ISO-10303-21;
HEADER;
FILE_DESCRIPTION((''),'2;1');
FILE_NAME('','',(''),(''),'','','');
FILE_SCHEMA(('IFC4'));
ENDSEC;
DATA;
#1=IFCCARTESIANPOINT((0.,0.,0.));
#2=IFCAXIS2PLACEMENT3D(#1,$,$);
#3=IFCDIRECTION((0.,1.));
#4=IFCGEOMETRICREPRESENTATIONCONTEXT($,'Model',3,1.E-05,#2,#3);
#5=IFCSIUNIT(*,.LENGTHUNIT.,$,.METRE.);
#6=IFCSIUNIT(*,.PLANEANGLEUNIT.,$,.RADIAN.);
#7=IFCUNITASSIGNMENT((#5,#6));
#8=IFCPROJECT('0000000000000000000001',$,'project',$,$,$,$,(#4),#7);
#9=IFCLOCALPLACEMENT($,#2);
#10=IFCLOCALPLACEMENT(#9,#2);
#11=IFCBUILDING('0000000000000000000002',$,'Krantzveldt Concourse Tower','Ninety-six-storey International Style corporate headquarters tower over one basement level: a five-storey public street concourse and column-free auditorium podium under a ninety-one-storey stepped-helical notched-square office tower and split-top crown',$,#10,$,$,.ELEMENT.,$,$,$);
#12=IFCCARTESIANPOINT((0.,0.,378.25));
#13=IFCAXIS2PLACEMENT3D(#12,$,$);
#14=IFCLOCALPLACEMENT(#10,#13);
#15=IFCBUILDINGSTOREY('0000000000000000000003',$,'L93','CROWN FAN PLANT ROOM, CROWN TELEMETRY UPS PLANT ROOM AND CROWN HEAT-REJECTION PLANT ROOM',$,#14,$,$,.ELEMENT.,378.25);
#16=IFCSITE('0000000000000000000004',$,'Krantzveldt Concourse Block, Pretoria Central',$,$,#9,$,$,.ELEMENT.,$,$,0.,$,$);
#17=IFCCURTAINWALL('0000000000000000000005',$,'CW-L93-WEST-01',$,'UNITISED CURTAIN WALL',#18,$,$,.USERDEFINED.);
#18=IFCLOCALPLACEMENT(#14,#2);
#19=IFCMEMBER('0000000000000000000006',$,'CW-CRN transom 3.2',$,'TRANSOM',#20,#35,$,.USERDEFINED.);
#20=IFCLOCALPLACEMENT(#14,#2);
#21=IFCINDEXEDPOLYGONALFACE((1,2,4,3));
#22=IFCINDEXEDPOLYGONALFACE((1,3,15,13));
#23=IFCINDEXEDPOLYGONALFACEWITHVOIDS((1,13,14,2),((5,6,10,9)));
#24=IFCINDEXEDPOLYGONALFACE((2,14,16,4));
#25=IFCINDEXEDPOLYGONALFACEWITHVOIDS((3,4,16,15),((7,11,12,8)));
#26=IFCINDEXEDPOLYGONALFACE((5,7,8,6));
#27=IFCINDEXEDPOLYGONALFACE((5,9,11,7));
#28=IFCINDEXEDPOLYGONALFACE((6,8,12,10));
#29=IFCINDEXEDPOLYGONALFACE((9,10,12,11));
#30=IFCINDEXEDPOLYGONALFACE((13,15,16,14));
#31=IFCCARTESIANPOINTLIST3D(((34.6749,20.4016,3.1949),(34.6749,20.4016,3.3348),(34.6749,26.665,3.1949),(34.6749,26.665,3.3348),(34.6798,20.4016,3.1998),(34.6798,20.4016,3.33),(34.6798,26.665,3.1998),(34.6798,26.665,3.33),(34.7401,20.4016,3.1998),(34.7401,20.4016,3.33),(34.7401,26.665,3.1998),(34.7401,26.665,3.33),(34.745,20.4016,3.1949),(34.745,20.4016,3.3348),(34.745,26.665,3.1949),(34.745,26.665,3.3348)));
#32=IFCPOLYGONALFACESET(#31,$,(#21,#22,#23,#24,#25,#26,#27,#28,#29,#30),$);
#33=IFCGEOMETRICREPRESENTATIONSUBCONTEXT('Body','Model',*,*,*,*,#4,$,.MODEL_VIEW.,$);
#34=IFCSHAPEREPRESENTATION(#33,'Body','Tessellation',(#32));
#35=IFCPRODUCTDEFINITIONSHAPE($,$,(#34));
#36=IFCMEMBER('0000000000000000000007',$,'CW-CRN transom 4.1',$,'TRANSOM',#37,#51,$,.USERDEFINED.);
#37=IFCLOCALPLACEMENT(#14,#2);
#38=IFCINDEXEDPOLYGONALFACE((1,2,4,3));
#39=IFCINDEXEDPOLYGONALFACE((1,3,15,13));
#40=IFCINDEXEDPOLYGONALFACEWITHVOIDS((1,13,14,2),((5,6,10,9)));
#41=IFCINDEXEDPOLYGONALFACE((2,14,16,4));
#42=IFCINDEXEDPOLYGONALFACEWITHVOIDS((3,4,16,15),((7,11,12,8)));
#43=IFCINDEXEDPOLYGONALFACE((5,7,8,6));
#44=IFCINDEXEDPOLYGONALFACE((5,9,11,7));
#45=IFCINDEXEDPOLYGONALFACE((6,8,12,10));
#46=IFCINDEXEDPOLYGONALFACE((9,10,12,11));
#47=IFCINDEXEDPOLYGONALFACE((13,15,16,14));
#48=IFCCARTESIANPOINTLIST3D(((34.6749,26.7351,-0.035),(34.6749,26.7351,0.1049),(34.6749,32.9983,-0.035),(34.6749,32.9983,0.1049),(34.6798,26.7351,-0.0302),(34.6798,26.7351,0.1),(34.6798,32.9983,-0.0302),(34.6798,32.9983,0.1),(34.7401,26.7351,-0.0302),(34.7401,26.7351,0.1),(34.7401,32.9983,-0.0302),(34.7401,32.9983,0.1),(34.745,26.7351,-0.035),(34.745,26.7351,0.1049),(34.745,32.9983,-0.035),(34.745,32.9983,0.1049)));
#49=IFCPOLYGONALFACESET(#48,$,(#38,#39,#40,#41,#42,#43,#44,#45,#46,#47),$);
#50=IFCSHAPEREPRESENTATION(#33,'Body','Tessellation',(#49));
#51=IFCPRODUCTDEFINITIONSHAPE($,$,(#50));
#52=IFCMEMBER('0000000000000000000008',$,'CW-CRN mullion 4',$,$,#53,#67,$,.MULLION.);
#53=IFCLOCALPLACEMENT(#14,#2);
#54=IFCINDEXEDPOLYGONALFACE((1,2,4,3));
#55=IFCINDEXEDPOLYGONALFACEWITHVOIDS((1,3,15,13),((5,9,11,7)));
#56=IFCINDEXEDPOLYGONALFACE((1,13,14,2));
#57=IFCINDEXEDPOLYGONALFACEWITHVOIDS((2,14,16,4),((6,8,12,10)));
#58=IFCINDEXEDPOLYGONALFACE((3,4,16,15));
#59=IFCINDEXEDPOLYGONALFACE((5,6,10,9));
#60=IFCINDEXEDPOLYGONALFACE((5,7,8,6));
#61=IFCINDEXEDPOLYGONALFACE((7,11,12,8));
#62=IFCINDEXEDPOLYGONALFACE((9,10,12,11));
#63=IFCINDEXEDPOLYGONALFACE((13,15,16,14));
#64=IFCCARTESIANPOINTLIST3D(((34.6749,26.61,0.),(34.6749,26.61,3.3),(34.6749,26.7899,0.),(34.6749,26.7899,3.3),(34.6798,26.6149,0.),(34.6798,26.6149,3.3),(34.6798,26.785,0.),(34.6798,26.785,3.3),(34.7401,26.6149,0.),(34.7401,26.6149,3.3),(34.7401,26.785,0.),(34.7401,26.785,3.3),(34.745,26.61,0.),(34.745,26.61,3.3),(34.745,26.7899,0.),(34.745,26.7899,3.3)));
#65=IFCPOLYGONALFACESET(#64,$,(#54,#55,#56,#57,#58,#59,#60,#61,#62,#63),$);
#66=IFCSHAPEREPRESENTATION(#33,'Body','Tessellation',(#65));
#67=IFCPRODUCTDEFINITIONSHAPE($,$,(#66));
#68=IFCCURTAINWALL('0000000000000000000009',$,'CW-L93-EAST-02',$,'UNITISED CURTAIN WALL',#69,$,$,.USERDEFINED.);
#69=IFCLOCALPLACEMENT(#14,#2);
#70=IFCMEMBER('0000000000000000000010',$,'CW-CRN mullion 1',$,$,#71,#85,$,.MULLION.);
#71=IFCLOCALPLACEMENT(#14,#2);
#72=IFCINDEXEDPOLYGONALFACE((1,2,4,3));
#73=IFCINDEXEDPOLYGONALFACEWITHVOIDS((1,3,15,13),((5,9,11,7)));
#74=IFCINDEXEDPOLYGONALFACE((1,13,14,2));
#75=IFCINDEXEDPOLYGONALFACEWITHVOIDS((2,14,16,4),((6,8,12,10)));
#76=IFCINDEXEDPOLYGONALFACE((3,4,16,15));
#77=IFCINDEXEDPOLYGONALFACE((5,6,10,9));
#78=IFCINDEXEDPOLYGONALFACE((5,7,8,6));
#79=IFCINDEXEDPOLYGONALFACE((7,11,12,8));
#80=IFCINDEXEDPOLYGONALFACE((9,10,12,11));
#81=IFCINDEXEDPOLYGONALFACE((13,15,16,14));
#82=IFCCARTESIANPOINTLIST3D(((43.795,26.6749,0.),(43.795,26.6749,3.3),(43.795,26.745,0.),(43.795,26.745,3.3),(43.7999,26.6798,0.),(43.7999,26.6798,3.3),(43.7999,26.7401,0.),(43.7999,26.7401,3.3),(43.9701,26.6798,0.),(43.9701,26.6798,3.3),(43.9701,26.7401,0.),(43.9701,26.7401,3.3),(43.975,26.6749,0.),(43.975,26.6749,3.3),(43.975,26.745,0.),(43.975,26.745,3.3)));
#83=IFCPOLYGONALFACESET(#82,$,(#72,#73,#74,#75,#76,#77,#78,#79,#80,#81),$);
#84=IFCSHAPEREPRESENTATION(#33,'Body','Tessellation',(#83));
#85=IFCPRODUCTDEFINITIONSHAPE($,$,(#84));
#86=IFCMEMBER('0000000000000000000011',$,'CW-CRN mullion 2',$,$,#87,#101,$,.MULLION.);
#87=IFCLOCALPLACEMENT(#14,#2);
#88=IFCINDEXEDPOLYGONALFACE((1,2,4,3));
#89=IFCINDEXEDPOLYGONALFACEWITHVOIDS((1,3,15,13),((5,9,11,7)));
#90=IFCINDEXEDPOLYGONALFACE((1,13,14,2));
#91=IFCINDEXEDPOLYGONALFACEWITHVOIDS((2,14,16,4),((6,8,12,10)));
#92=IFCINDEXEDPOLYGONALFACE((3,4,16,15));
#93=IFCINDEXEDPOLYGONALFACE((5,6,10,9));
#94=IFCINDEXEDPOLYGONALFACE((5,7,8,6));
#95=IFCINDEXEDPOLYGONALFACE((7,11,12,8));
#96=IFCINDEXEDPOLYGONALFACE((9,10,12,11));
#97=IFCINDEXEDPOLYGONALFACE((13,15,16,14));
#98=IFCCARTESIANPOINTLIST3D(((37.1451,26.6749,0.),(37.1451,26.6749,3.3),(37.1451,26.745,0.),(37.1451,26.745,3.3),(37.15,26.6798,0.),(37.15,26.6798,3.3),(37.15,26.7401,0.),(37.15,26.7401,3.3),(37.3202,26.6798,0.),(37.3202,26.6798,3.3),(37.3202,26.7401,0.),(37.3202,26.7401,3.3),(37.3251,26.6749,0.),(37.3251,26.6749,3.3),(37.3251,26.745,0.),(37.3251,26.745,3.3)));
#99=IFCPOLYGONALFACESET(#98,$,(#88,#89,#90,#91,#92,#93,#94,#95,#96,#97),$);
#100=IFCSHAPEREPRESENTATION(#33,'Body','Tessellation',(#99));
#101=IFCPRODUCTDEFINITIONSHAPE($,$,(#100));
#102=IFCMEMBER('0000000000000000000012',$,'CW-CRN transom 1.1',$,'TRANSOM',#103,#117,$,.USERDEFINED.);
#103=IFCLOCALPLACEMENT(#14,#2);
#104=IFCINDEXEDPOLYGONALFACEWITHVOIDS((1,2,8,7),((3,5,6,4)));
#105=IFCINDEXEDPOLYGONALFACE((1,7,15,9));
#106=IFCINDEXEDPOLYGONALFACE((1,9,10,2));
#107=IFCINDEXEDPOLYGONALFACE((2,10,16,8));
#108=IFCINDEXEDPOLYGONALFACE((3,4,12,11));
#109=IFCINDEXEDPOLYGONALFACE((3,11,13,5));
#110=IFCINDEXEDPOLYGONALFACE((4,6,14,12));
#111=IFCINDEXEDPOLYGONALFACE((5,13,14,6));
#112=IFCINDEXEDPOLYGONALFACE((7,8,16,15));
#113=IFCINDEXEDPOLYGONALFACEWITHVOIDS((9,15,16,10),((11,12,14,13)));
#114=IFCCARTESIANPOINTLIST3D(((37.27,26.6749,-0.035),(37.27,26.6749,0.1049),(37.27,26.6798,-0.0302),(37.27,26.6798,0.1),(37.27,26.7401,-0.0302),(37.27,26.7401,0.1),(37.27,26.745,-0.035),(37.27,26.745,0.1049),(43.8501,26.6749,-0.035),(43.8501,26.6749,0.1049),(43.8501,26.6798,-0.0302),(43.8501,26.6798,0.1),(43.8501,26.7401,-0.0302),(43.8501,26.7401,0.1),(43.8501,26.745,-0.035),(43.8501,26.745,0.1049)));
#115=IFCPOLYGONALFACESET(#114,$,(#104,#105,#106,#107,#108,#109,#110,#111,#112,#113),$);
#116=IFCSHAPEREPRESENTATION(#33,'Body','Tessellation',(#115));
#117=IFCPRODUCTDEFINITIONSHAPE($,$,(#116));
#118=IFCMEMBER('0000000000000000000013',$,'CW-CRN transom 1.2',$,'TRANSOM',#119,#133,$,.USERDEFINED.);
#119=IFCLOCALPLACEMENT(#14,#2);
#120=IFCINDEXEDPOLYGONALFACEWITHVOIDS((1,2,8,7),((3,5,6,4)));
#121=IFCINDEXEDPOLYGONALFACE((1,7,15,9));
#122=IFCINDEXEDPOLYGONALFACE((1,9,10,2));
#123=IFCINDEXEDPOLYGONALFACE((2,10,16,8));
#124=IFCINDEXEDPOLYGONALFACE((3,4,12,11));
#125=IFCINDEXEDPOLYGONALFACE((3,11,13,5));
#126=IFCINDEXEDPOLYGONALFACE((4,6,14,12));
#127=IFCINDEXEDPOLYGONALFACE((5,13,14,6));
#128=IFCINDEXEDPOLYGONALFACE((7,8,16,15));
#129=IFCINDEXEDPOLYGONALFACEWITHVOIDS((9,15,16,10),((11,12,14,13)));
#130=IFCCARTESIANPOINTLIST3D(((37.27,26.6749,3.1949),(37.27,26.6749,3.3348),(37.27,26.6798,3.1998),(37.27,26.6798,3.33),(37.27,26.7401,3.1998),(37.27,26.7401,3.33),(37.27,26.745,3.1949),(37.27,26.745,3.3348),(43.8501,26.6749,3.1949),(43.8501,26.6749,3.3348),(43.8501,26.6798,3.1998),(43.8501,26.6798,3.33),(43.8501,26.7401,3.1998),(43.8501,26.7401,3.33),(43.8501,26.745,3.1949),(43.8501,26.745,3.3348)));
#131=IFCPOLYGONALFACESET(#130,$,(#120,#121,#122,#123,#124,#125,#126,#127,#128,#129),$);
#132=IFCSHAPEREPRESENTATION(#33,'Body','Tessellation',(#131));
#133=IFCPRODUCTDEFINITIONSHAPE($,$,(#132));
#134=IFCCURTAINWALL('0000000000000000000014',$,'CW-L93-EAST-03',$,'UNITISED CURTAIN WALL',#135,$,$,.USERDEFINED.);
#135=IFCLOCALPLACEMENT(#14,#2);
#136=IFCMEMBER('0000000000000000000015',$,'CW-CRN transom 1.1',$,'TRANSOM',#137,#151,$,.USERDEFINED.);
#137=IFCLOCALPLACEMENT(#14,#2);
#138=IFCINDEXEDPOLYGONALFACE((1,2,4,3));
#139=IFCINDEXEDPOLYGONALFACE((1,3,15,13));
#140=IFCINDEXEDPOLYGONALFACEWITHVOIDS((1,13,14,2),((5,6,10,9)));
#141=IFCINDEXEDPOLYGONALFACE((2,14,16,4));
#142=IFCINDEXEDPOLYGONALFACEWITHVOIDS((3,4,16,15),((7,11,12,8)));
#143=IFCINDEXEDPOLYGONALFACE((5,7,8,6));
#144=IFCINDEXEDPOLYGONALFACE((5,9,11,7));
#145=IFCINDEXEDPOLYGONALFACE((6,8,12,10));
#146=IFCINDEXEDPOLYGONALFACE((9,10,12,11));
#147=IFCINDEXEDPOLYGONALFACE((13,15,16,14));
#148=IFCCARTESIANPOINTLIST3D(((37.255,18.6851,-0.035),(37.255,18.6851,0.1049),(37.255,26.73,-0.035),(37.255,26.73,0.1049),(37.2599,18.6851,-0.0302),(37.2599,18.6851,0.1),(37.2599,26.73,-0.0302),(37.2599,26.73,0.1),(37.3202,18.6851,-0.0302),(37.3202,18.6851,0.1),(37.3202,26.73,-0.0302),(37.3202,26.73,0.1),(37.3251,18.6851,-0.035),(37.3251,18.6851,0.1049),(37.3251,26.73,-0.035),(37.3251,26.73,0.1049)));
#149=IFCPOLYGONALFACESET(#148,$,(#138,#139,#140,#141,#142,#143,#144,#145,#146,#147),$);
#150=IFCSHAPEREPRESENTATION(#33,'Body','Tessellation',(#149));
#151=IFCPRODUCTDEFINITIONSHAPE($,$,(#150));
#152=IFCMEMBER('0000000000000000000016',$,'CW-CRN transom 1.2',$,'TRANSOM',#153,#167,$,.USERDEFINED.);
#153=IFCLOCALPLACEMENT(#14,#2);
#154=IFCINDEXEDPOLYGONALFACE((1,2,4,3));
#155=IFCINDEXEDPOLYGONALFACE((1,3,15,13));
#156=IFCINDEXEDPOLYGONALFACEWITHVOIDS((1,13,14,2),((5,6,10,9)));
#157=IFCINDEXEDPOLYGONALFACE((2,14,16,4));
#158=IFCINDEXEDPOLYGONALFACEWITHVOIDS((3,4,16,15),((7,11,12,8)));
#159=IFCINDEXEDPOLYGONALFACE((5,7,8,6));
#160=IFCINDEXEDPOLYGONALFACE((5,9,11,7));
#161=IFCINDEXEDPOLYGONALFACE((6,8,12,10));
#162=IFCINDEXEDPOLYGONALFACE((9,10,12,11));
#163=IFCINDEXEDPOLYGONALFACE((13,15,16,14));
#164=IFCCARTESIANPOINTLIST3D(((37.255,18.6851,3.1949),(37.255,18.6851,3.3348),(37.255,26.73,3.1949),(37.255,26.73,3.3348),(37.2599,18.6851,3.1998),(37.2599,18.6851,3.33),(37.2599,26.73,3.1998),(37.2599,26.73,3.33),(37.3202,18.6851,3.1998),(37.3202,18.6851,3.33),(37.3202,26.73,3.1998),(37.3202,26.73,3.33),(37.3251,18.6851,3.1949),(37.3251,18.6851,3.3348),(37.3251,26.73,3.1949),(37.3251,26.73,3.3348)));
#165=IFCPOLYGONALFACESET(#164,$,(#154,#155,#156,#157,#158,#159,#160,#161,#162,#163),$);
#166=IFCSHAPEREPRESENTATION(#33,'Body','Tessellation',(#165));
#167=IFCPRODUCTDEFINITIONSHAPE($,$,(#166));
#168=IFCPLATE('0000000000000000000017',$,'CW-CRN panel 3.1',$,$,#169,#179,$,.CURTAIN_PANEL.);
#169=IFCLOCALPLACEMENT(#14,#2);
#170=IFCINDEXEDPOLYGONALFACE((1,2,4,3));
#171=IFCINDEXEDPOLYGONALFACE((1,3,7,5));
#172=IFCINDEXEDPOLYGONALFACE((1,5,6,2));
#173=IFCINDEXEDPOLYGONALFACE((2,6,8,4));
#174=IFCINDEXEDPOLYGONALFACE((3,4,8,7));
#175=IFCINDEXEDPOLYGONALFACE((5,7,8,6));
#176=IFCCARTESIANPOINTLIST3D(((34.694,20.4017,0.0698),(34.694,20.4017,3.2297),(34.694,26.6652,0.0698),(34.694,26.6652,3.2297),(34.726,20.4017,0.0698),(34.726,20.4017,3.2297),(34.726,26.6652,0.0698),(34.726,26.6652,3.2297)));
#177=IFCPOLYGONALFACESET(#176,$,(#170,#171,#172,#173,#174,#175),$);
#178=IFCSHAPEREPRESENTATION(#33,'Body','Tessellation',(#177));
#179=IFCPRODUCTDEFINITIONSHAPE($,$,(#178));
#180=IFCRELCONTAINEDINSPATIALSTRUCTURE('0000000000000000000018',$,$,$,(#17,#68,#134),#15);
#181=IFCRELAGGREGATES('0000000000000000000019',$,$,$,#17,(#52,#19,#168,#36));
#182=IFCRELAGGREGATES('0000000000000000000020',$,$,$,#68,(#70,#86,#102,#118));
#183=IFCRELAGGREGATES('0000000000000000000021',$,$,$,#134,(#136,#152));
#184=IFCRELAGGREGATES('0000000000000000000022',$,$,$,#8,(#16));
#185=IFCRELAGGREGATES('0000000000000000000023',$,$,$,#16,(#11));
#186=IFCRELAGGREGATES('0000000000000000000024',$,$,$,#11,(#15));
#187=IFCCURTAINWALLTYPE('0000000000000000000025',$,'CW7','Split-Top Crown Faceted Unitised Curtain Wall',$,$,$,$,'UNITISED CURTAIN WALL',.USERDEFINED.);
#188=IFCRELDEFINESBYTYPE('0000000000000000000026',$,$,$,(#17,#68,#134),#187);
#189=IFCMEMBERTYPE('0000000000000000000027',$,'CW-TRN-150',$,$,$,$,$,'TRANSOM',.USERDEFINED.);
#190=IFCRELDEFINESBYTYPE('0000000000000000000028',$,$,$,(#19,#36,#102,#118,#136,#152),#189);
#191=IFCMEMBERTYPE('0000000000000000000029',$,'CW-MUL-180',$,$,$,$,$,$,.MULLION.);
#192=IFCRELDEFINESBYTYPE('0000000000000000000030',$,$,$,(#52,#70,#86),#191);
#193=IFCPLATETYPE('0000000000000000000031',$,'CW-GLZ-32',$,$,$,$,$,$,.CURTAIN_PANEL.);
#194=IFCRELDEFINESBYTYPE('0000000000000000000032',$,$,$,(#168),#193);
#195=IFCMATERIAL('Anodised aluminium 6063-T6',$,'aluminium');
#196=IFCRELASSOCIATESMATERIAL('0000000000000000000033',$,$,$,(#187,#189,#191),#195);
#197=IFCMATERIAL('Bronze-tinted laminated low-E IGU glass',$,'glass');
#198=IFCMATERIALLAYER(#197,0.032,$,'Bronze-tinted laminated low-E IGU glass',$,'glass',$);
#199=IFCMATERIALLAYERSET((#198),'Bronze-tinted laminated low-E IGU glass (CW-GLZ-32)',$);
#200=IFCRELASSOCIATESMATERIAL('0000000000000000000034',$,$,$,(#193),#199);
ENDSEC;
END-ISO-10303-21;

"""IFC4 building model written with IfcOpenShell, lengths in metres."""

from ifc_helpers import new_model, si_unit, direction, frame, origin, origin_2d, place, context, subcontext, project, spatial, rectangle, hollow_rectangle, extrude, source, transform, mapped, material, layer, layer_set, material_profile, profile_set, type_object, type_shapes, element, aggregate, save


model = new_model("IFC4")

# Units and contexts
model_context = context("Model", 3, precision=1e-05, world=origin(), true_north=direction((0.0, 1.0)))
body_context = subcontext(model_context, "Body", "Model", "MODEL_VIEW")
ifc_project = project(units=[si_unit("LENGTHUNIT", "METRE"), si_unit("PLANEANGLEUNIT", "RADIAN")], contexts=[model_context])

# Site, building, storey
site_placement = place(None, origin())
site = spatial("IfcSite", under=ifc_project, at=site_placement, Name="Krantzveldt Concourse Block, Pretoria Central", CompositionType="ELEMENT", RefElevation=0.0)
building_placement = place(site_placement, origin())
building = spatial("IfcBuilding", under=site, at=building_placement, Name="Krantzveldt Concourse Tower", Description="Ninety-six-storey International Style corporate headquarters tower over one basement level: a five-storey public street concourse and column-free auditorium podium under a ninety-one-storey stepped-helical notched-square office tower and split-top crown", CompositionType="ELEMENT")
storey_placement = place(building_placement, frame((0.0, 0.0, 378.25)))
storey = spatial("IfcBuildingStorey", under=building, at=storey_placement, Name="L93", Description="CROWN FAN PLANT ROOM, CROWN TELEMETRY UPS PLANT ROOM AND CROWN HEAT-REJECTION PLANT ROOM", CompositionType="ELEMENT", Elevation=378.25)

# Curtain walls, members
ifc_material_1 = material(Name="Anodised aluminium 6063-T6", Category="aluminium")
curtain_wall_type = type_object("IfcCurtainWallType", Name="CW7", Description="Split-Top Crown Faceted Unitised Curtain Wall", ElementType="UNITISED CURTAIN WALL", PredefinedType="USERDEFINED", material=ifc_material_1)
curtain_wall_1_placement = place(storey_placement, origin())
curtain_wall_1 = element("IfcCurtainWall", 1, at=curtain_wall_1_placement, inside=storey, type_object=curtain_wall_type, Name="CW-L93-WEST-01", ObjectType="UNITISED CURTAIN WALL", PredefinedType="USERDEFINED")
ifc_material_profile_1 = material_profile(ifc_material_1, hollow_rectangle(XDim=0.0701, YDim=0.1399, WallThickness=0.0049, at=origin_2d()), Name="Anodised aluminium 6063-T6", Category="aluminium")
ifc_profile_set_1 = profile_set([ifc_material_profile_1], Name="Anodised aluminium 6063-T6 - ALU-TRAN 140x70x5")
member_type_1 = type_object("IfcMemberType", Name="CW-TRN-150", ElementType="TRANSOM", PredefinedType="USERDEFINED", material=ifc_profile_set_1)
shared_shape_1 = source(origin(), body_context, "Body", "SweptSolid", [
    extrude(hollow_rectangle(XDim=0.0701, YDim=0.1399, WallThickness=0.0049, at=origin_2d()), origin(), (0.0, 0.0, 1.0), 6.2634),
])
member_1_placement = place(storey_placement, frame((34.71, 20.4016, 3.2649), z_axis=(0.0, 1.0, 0.0), x_axis=(-1.0, 0.0, 0.0)))
member_1 = element("IfcMember", 2, at=member_1_placement, type_object=member_type_1, Name="CW-CRN transom 3.2", ObjectType="TRANSOM", PredefinedType="USERDEFINED", context=body_context, shape_type="MappedRepresentation", body=[
    mapped(shared_shape_1, transform((0.0, 0.0, 0.0), x_axis=(1.0, 0.0, 0.0), y_axis=(0.0, 1.0, 0.0), z_axis=(0.0, 0.0, 1.0), scale=1.0)),
])
shared_shape_2 = source(origin(), body_context, "Body", "SweptSolid", [
    extrude(hollow_rectangle(XDim=0.0701, YDim=0.1399, WallThickness=0.0049, at=origin_2d()), origin(), (0.0, 0.0, 1.0), 6.2632),
])
member_2_placement = place(storey_placement, frame((34.71, 26.7351, 0.0349), z_axis=(0.0, 1.0, 0.0), x_axis=(-1.0, 0.0, 0.0)))
member_2 = element("IfcMember", 3, at=member_2_placement, type_object=member_type_1, Name="CW-CRN transom 4.1", ObjectType="TRANSOM", PredefinedType="USERDEFINED", context=body_context, shape_type="MappedRepresentation", body=[
    mapped(shared_shape_2, transform((0.0, 0.0, 0.0), x_axis=(1.0, 0.0, 0.0), y_axis=(0.0, 1.0, 0.0), z_axis=(0.0, 0.0, 1.0), scale=1.0)),
])
ifc_material_profile_2 = material_profile(ifc_material_1, hollow_rectangle(XDim=0.0701, YDim=0.1799, WallThickness=0.0049, at=origin_2d()), Name="Anodised aluminium 6063-T6", Category="aluminium")
ifc_profile_set_2 = profile_set([ifc_material_profile_2], Name="Anodised aluminium 6063-T6 - ALU-MULL 180x70x5")
member_type_2 = type_object("IfcMemberType", Name="CW-MUL-180", PredefinedType="MULLION", material=ifc_profile_set_2)
shared_shape_3 = source(origin(), body_context, "Body", "SweptSolid", [
    extrude(hollow_rectangle(XDim=0.0701, YDim=0.1799, WallThickness=0.0049, at=origin_2d()), origin(), (0.0, 0.0, 1.0), 3.3),
])
type_shapes(member_type_2, [shared_shape_3])
member_3_placement = place(storey_placement, frame((34.71, 26.7, 0.0), z_axis=(0.0, 0.0, 1.0), x_axis=(-1.0, 0.0, 0.0)))
member_3 = element("IfcMember", 4, at=member_3_placement, type_object=member_type_2, Name="CW-CRN mullion 4", PredefinedType="MULLION", context=body_context, shape_type="MappedRepresentation", body=[
    mapped(shared_shape_3, transform((0.0, 0.0, 0.0), x_axis=(1.0, 0.0, 0.0), y_axis=(0.0, 1.0, 0.0), z_axis=(0.0, 0.0, 1.0), scale=1.0)),
])
curtain_wall_2_placement = place(storey_placement, origin())
curtain_wall_2 = element("IfcCurtainWall", 5, at=curtain_wall_2_placement, inside=storey, type_object=curtain_wall_type, Name="CW-L93-EAST-02", ObjectType="UNITISED CURTAIN WALL", PredefinedType="USERDEFINED")
member_4_placement = place(storey_placement, frame((43.885, 26.71, 0.0), z_axis=(0.0, 0.0, 1.0), x_axis=(0.0, -1.0, 0.0)))
member_4 = element("IfcMember", 6, at=member_4_placement, type_object=member_type_2, Name="CW-CRN mullion 1", PredefinedType="MULLION", context=body_context, shape_type="MappedRepresentation", body=[
    mapped(shared_shape_3, transform((0.0, 0.0, 0.0), x_axis=(1.0, 0.0, 0.0), y_axis=(0.0, 1.0, 0.0), z_axis=(0.0, 0.0, 1.0), scale=1.0)),
])
member_5_placement = place(storey_placement, frame((37.2351, 26.71, 0.0), z_axis=(0.0, 0.0, 1.0), x_axis=(0.0, -1.0, 0.0)))
member_5 = element("IfcMember", 7, at=member_5_placement, type_object=member_type_2, Name="CW-CRN mullion 2", PredefinedType="MULLION", context=body_context, shape_type="MappedRepresentation", body=[
    mapped(shared_shape_3, transform((0.0, 0.0, 0.0), x_axis=(1.0, 0.0, 0.0), y_axis=(0.0, 1.0, 0.0), z_axis=(0.0, 0.0, 1.0), scale=1.0)),
])
shared_shape_4 = source(origin(), body_context, "Body", "SweptSolid", [
    extrude(hollow_rectangle(XDim=0.0701, YDim=0.1399, WallThickness=0.0049, at=origin_2d()), origin(), (0.0, 0.0, 1.0), 6.5801),
])
member_6_placement = place(storey_placement, frame((43.8501, 26.71, 0.0349), z_axis=(-1.0, 0.0, 0.0), x_axis=(0.0, -1.0, 0.0)))
member_6 = element("IfcMember", 8, at=member_6_placement, type_object=member_type_1, Name="CW-CRN transom 1.1", ObjectType="TRANSOM", PredefinedType="USERDEFINED", context=body_context, shape_type="MappedRepresentation", body=[
    mapped(shared_shape_4, transform((0.0, 0.0, 0.0), x_axis=(1.0, 0.0, 0.0), y_axis=(0.0, 1.0, 0.0), z_axis=(0.0, 0.0, 1.0), scale=1.0)),
])
member_7_placement = place(storey_placement, frame((43.8501, 26.71, 3.2649), z_axis=(-1.0, 0.0, 0.0), x_axis=(0.0, -1.0, 0.0)))
member_7 = element("IfcMember", 9, at=member_7_placement, type_object=member_type_1, Name="CW-CRN transom 1.2", ObjectType="TRANSOM", PredefinedType="USERDEFINED", context=body_context, shape_type="MappedRepresentation", body=[
    mapped(shared_shape_4, transform((0.0, 0.0, 0.0), x_axis=(1.0, 0.0, 0.0), y_axis=(0.0, 1.0, 0.0), z_axis=(0.0, 0.0, 1.0), scale=1.0)),
])
curtain_wall_3_placement = place(storey_placement, origin())
curtain_wall_3 = element("IfcCurtainWall", 10, at=curtain_wall_3_placement, inside=storey, type_object=curtain_wall_type, Name="CW-L93-EAST-03", ObjectType="UNITISED CURTAIN WALL", PredefinedType="USERDEFINED")
shared_shape_5 = source(origin(), body_context, "Body", "SweptSolid", [
    extrude(hollow_rectangle(XDim=0.0701, YDim=0.1399, WallThickness=0.0049, at=origin_2d()), origin(), (0.0, 0.0, 1.0), 8.0449),
])
type_shapes(member_type_1, [shared_shape_1, shared_shape_2, shared_shape_4, shared_shape_5])
member_8_placement = place(storey_placement, frame((37.29, 26.73, 0.0349), z_axis=(0.0, -1.0, 0.0), x_axis=(1.0, 0.0, 0.0)))
member_8 = element("IfcMember", 11, at=member_8_placement, type_object=member_type_1, Name="CW-CRN transom 1.1", ObjectType="TRANSOM", PredefinedType="USERDEFINED", context=body_context, shape_type="MappedRepresentation", body=[
    mapped(shared_shape_5, transform((0.0, 0.0, 0.0), x_axis=(1.0, 0.0, 0.0), y_axis=(0.0, 1.0, 0.0), z_axis=(0.0, 0.0, 1.0), scale=1.0)),
])
member_9_placement = place(storey_placement, frame((37.29, 26.73, 3.2649), z_axis=(0.0, -1.0, 0.0), x_axis=(1.0, 0.0, 0.0)))
member_9 = element("IfcMember", 12, at=member_9_placement, type_object=member_type_1, Name="CW-CRN transom 1.2", ObjectType="TRANSOM", PredefinedType="USERDEFINED", context=body_context, shape_type="MappedRepresentation", body=[
    mapped(shared_shape_5, transform((0.0, 0.0, 0.0), x_axis=(1.0, 0.0, 0.0), y_axis=(0.0, 1.0, 0.0), z_axis=(0.0, 0.0, 1.0), scale=1.0)),
])

# Plate
ifc_material_2 = material(Name="Bronze-tinted laminated low-E IGU glass", Category="glass")
ifc_layer_1 = layer(ifc_material_2, 0.032, Name="Bronze-tinted laminated low-E IGU glass", Category="glass")
ifc_layer_set_1 = layer_set([ifc_layer_1], Name="Bronze-tinted laminated low-E IGU glass (CW-GLZ-32)")
plate_type = type_object("IfcPlateType", Name="CW-GLZ-32", PredefinedType="CURTAIN_PANEL", material=ifc_layer_set_1)
shared_shape_6 = source(origin(), body_context, "Body", "SweptSolid", [
    extrude(rectangle(XDim=6.2634, YDim=0.032, at=origin_2d()), origin(), (0.0, 0.0, 1.0), 3.1599),
])
plate_1_placement = place(storey_placement, frame((34.71, 23.5334, 0.0698), z_axis=(0.0, 0.0, 1.0), x_axis=(0.0, 1.0, 0.0)))
plate_1 = element("IfcPlate", 13, at=plate_1_placement, type_object=plate_type, Name="CW-CRN panel 3.1", PredefinedType="CURTAIN_PANEL", context=body_context, shape_type="MappedRepresentation", body=[
    mapped(shared_shape_6, transform((0.0, 0.0, 0.0), x_axis=(1.0, 0.0, 0.0), y_axis=(0.0, 1.0, 0.0), z_axis=(0.0, 0.0, 1.0), scale=1.0)),
])
aggregate(curtain_wall_1, [member_3, member_1, plate_1, member_2])
aggregate(curtain_wall_2, [member_4, member_5, member_6, member_7])

aggregate(curtain_wall_3, [member_8, member_9])

save(model, "model.ifc")
